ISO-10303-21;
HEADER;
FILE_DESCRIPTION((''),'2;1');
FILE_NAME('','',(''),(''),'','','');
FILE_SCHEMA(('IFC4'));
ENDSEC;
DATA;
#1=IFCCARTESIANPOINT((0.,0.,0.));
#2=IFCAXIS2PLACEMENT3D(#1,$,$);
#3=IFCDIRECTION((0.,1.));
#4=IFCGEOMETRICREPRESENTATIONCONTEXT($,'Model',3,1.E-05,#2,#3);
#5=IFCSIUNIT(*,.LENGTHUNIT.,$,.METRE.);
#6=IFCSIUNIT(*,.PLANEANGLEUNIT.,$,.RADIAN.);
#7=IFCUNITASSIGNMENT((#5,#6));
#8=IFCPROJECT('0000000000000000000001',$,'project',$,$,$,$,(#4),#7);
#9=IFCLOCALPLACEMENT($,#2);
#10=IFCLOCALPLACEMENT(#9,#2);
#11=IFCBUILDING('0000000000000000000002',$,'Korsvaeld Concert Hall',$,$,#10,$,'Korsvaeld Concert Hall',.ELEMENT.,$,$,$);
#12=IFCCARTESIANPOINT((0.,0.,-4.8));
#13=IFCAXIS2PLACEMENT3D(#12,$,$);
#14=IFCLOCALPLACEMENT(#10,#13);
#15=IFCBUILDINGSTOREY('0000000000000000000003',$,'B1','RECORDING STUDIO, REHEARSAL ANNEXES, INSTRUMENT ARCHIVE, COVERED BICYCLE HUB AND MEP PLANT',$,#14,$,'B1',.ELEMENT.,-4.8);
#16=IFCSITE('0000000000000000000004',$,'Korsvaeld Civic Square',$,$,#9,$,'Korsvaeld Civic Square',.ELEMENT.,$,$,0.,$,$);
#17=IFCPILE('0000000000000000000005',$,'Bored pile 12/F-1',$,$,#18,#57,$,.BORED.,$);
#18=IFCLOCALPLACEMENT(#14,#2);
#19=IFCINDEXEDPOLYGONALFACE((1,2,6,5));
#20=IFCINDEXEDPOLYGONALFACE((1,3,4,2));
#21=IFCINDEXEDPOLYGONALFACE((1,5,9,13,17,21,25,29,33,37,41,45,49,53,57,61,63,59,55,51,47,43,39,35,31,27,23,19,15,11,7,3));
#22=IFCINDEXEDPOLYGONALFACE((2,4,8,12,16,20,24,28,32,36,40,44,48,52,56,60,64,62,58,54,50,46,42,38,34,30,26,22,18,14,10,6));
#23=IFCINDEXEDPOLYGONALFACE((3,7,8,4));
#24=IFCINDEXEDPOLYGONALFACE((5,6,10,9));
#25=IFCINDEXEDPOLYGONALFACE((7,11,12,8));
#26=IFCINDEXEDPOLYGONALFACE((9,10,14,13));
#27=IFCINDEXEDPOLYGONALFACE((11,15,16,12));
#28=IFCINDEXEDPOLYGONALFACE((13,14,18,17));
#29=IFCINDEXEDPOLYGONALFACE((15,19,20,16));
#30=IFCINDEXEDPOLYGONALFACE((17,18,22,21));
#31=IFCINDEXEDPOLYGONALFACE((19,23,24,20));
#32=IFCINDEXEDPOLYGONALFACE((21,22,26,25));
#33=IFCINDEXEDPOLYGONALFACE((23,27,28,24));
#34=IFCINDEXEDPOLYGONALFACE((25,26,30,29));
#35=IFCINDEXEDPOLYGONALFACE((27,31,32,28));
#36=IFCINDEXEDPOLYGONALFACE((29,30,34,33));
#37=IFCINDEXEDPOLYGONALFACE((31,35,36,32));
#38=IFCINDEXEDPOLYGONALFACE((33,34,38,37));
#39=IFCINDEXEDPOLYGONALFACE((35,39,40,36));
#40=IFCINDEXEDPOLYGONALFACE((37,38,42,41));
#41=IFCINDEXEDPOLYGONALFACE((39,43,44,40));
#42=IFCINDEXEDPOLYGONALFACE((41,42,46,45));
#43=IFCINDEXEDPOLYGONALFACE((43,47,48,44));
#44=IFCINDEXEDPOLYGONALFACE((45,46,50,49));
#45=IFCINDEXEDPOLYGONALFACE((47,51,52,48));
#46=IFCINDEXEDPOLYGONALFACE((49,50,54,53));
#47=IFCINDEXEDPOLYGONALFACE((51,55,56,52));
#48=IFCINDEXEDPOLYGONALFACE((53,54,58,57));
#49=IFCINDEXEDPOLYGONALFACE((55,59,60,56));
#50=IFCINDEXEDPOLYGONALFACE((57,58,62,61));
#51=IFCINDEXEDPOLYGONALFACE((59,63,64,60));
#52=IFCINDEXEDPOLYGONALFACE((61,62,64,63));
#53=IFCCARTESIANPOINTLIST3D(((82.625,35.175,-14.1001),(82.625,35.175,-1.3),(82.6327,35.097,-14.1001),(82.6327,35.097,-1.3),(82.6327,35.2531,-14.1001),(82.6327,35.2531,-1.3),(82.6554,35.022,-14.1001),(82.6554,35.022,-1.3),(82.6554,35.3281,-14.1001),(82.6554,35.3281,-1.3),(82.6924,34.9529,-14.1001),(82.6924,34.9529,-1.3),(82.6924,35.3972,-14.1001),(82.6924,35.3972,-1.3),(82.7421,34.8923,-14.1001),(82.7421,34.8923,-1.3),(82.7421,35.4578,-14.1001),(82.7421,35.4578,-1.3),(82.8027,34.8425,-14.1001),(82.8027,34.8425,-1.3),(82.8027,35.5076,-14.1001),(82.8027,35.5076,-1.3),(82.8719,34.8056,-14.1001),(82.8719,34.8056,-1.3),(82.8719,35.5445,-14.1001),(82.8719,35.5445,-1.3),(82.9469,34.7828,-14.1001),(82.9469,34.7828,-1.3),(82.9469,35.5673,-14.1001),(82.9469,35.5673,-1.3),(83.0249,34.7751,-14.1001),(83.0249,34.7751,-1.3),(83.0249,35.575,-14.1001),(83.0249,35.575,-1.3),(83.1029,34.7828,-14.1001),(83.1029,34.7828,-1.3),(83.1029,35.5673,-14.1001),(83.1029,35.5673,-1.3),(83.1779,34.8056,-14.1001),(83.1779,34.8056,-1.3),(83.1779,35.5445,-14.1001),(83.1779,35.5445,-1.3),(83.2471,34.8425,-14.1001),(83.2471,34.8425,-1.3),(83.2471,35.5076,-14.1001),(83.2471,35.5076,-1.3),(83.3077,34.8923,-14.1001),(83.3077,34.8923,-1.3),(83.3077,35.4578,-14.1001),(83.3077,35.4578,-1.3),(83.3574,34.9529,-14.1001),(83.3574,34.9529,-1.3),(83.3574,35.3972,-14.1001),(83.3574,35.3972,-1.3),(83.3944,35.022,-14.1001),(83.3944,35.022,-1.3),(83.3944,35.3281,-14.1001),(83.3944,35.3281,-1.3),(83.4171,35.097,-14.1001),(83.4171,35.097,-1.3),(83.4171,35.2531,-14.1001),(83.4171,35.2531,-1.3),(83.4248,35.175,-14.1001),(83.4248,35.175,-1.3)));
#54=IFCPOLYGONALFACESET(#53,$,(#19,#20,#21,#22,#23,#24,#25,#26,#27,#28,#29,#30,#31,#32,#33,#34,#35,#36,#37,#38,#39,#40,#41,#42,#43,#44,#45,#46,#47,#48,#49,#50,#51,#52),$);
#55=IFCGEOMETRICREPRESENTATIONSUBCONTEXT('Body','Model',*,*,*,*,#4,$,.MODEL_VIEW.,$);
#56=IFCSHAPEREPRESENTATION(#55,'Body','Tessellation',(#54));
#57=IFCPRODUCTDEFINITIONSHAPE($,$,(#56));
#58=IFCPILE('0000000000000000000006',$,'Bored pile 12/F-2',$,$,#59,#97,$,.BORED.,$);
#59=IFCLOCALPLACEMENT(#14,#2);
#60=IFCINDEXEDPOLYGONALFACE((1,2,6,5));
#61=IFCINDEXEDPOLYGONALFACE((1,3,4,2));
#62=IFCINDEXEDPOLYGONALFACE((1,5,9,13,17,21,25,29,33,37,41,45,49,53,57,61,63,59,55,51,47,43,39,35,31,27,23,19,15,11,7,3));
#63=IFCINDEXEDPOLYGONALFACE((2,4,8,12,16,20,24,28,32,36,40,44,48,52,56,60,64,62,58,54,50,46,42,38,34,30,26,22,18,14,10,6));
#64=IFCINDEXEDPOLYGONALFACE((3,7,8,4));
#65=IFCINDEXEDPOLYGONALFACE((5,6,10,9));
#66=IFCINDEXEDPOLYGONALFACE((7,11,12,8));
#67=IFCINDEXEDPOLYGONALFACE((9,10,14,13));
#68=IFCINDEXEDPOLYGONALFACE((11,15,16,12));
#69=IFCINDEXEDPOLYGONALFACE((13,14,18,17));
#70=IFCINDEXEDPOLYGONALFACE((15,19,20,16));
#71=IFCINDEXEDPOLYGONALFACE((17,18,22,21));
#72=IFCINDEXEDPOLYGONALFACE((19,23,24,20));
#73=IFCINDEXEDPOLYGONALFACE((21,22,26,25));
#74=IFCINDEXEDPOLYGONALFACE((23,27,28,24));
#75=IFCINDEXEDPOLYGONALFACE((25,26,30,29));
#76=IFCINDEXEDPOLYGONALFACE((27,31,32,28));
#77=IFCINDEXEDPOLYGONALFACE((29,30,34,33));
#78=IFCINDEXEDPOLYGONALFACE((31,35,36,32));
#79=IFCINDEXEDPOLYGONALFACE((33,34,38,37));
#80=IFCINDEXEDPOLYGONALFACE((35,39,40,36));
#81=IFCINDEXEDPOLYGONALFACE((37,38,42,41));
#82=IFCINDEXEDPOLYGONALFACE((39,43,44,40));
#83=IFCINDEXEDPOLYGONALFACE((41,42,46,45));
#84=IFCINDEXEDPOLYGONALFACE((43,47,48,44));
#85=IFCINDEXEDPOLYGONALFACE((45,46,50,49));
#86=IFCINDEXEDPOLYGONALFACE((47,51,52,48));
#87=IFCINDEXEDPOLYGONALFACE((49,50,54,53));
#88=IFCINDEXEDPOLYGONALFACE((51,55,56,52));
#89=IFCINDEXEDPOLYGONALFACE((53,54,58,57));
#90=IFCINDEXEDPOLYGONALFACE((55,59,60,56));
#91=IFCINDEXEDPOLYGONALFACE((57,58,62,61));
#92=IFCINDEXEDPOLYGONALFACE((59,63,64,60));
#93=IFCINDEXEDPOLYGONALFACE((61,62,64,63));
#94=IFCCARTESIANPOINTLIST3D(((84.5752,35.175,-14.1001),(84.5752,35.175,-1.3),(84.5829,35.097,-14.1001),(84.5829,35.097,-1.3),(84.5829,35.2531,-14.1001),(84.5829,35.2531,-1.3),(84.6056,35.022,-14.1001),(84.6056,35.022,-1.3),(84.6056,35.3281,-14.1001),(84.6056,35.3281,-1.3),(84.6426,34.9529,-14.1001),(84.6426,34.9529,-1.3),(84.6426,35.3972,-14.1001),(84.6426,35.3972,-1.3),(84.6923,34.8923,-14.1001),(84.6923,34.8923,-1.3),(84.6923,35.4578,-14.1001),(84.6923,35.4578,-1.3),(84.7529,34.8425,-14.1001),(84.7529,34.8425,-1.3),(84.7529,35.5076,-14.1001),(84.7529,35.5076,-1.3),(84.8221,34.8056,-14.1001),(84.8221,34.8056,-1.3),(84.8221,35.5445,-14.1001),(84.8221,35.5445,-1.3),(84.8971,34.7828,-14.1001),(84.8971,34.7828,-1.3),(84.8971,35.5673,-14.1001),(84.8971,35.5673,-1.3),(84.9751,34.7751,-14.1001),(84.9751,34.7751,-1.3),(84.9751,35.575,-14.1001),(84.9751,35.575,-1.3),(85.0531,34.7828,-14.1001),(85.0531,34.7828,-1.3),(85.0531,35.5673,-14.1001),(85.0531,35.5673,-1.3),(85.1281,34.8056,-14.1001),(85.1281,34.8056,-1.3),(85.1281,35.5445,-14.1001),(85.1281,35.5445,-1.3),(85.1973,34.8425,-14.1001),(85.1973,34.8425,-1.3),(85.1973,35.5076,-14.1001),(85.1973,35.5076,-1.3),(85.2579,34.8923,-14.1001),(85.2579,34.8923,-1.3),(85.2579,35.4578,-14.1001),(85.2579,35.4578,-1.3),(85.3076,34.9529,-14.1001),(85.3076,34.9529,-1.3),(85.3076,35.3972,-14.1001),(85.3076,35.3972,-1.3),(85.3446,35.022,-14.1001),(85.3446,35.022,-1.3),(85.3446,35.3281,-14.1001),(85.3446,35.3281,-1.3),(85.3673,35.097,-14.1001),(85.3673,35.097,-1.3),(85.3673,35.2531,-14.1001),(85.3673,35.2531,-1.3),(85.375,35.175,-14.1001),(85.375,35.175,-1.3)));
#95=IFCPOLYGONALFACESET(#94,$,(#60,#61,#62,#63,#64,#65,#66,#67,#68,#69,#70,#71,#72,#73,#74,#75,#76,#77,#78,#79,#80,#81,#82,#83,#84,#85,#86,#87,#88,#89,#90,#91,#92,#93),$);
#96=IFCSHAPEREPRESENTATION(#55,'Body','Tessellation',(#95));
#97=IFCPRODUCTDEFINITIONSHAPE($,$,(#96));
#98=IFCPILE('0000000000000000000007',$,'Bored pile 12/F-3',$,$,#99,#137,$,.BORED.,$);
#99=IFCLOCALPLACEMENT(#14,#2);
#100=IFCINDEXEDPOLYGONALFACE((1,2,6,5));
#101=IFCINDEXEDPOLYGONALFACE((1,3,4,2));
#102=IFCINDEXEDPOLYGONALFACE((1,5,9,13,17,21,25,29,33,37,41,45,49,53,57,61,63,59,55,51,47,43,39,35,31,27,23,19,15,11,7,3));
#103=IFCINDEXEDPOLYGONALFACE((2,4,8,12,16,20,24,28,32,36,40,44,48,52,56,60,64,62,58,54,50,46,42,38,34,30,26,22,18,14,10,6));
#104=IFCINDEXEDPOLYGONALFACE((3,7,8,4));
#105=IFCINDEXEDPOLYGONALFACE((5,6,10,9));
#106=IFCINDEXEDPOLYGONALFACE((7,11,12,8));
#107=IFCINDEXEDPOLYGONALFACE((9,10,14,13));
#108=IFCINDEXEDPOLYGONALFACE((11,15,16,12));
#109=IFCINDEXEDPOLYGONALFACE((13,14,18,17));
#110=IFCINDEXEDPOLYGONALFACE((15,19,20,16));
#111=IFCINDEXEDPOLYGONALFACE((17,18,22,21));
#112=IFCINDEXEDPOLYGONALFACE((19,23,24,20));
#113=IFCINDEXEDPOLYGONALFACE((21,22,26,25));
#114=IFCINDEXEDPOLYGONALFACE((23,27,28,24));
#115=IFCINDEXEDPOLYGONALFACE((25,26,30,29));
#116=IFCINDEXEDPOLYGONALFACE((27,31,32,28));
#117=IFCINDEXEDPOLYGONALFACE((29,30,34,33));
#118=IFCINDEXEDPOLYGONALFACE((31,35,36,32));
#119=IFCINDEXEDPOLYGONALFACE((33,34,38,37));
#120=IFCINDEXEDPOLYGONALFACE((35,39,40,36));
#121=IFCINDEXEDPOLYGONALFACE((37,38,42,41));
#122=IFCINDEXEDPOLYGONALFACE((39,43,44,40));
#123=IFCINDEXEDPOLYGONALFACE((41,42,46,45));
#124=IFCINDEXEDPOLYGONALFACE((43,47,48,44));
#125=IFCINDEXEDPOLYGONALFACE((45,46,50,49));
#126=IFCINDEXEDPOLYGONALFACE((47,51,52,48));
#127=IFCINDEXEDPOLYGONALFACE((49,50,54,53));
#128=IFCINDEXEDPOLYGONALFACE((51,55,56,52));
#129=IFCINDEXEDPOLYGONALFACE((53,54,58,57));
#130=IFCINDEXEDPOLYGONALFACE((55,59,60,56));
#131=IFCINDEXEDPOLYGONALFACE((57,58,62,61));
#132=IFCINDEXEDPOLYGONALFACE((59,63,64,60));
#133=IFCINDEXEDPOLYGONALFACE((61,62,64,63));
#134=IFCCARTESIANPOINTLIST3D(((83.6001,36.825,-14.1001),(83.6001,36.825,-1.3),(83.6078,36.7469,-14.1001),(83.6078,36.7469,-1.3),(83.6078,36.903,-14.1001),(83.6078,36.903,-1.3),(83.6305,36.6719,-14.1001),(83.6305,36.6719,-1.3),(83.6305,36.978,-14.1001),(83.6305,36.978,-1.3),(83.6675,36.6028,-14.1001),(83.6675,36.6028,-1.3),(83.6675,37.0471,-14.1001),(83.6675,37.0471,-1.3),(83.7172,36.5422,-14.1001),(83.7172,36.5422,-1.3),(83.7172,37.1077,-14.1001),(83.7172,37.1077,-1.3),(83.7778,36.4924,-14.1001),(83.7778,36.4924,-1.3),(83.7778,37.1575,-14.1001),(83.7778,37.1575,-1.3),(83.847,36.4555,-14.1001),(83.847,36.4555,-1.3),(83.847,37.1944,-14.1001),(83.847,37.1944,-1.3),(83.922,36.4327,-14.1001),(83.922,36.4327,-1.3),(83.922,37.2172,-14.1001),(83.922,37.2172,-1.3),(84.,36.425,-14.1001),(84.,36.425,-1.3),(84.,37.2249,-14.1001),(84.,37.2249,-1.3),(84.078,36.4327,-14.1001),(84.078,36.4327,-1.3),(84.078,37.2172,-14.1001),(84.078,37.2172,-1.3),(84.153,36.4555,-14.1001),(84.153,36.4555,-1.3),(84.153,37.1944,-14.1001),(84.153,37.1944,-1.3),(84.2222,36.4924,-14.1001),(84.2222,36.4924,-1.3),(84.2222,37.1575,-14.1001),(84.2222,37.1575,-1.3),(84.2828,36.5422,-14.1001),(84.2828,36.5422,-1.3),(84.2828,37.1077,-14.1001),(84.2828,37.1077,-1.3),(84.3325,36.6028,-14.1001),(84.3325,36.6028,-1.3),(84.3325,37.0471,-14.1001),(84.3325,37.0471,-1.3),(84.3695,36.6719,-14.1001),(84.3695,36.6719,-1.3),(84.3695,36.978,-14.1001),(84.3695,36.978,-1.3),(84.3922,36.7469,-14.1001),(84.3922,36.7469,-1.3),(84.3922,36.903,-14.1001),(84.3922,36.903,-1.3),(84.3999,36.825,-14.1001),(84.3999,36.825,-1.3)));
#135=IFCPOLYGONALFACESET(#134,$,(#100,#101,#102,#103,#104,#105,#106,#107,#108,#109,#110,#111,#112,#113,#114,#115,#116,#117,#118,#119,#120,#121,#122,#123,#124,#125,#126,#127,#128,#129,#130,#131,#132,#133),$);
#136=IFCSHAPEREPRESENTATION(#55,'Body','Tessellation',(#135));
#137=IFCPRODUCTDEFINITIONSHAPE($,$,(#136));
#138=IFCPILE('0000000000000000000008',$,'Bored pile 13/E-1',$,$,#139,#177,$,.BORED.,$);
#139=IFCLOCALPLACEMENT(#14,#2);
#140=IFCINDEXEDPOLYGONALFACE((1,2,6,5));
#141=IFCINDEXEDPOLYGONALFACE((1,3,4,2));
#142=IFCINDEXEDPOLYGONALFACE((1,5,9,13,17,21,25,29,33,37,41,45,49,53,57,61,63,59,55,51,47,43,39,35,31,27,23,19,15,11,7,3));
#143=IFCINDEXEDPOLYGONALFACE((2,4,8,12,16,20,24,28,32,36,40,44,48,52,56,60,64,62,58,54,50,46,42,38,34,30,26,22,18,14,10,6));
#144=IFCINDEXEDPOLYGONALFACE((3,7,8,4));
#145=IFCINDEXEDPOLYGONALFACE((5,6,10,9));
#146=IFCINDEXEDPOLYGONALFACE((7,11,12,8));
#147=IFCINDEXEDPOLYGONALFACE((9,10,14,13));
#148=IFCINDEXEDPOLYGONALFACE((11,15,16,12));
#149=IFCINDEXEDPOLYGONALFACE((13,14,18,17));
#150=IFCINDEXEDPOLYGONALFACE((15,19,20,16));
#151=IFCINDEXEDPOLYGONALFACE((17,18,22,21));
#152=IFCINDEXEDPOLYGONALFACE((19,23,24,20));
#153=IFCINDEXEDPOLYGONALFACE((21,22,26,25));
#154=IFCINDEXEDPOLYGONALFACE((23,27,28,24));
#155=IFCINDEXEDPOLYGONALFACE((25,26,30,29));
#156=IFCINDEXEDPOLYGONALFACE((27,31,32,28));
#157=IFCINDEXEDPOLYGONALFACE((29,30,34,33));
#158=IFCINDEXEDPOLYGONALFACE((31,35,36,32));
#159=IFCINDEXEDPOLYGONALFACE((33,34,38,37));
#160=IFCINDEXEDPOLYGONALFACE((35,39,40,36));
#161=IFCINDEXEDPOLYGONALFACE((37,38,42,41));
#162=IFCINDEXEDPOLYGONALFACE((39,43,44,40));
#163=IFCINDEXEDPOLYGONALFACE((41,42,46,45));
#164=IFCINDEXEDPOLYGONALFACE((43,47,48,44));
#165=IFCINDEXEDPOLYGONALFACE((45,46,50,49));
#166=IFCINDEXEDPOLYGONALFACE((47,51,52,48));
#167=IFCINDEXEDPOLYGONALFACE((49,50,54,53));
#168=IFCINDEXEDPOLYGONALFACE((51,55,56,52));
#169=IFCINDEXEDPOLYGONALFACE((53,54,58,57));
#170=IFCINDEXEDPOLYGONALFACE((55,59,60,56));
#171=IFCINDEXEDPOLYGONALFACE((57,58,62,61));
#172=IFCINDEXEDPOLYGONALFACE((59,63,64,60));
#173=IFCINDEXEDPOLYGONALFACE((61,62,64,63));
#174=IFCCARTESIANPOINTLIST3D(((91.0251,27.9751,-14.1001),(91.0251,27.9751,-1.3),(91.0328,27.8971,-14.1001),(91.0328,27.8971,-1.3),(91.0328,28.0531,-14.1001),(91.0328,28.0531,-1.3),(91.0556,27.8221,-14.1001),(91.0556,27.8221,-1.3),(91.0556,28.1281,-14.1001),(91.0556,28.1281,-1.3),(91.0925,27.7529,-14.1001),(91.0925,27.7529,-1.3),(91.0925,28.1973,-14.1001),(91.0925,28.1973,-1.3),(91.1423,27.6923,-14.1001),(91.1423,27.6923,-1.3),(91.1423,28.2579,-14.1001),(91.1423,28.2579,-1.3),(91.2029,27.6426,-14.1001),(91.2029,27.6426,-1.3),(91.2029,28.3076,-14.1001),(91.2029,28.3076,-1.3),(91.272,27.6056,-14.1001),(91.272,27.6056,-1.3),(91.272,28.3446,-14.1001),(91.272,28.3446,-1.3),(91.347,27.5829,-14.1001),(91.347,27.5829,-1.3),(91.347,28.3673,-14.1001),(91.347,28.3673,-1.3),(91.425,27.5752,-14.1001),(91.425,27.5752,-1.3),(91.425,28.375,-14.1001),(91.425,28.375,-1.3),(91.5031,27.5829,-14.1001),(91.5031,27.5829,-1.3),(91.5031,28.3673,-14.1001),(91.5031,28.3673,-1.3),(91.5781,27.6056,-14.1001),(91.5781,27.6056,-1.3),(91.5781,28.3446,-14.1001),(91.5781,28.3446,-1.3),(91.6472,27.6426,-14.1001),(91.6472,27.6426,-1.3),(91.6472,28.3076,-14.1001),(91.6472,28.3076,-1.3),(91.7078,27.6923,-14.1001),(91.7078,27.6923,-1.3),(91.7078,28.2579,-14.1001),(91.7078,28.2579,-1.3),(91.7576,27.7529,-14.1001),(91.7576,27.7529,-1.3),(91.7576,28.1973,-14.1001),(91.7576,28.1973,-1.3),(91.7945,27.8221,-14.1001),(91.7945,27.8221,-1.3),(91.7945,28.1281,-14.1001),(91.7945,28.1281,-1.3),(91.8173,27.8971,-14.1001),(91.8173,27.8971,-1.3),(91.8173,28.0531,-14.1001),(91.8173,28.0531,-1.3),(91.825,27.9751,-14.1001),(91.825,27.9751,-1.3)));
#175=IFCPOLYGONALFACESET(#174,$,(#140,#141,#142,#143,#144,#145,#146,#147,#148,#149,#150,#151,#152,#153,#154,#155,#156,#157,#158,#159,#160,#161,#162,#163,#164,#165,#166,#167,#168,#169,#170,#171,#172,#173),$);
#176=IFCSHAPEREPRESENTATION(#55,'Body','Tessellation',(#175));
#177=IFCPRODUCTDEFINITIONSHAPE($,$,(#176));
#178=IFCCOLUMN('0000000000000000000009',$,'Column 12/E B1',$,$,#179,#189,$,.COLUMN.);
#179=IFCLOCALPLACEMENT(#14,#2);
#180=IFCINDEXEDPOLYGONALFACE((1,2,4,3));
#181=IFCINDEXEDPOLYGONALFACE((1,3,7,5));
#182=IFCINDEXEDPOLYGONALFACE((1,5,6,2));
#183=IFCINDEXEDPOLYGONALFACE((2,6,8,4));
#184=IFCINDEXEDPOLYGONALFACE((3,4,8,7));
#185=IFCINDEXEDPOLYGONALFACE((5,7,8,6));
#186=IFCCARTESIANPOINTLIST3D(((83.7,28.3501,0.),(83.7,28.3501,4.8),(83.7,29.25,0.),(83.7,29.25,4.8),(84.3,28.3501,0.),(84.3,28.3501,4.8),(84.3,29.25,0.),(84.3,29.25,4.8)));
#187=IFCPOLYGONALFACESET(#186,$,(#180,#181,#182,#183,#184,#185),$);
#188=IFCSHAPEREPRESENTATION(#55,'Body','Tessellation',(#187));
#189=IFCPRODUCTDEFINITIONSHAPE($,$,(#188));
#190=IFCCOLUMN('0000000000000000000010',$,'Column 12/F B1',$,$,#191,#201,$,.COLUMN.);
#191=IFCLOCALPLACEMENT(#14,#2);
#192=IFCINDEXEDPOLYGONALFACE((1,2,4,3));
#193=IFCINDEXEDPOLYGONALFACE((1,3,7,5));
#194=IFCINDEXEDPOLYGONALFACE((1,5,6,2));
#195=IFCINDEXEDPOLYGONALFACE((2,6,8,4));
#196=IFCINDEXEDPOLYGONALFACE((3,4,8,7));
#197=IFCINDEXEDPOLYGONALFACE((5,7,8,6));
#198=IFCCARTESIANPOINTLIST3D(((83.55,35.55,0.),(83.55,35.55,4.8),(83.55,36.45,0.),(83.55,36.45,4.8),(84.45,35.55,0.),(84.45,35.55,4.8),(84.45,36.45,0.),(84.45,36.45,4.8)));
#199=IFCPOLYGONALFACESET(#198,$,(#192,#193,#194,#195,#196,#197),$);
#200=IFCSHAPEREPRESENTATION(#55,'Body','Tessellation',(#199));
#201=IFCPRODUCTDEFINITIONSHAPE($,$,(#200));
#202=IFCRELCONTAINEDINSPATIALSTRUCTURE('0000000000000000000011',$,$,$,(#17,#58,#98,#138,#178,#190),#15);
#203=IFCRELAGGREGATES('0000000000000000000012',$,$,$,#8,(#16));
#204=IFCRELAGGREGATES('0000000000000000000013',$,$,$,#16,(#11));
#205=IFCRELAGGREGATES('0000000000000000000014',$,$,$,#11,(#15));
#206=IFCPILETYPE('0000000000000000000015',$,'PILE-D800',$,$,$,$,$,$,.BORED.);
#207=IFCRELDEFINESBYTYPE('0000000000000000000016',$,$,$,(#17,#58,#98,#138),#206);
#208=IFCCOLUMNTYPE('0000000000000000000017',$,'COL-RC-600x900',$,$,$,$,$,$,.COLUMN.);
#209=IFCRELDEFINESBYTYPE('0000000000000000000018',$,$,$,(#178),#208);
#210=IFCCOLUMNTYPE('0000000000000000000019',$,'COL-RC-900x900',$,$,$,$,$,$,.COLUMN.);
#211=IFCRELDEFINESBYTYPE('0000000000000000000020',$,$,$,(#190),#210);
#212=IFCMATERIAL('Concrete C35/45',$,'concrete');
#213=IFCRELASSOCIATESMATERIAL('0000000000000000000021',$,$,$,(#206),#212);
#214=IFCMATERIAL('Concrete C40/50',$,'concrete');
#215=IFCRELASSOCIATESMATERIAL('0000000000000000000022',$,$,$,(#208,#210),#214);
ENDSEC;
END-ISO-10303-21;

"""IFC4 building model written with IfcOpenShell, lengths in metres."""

from ifc_helpers import new_model, si_unit, direction, frame, origin, origin_2d, place, context, subcontext, project, spatial, rectangle, circle, extrude, material, material_profile, profile_set, type_object, element, save


model = new_model("IFC4")

# Units and contexts
model_context = context("Model", 3, precision=1e-05, world=origin(), true_north=direction((0.0, 1.0)))
body_context = subcontext(model_context, "Body", "Model", "MODEL_VIEW")
ifc_project = project(units=[si_unit("LENGTHUNIT", "METRE"), si_unit("PLANEANGLEUNIT", "RADIAN")], contexts=[model_context])

# Site, building, storey
site_placement = place(None, origin())
site = spatial("IfcSite", under=ifc_project, at=site_placement, Name="Korsvaeld Civic Square", LongName="Korsvaeld Civic Square", CompositionType="ELEMENT", RefElevation=0.0)
building_placement = place(site_placement, origin())
building = spatial("IfcBuilding", under=site, at=building_placement, Name="Korsvaeld Concert Hall", LongName="Korsvaeld Concert Hall", CompositionType="ELEMENT")
storey_placement = place(building_placement, frame((0.0, 0.0, -4.8)))
storey = spatial("IfcBuildingStorey", under=building, at=storey_placement, Name="B1", Description="RECORDING STUDIO, REHEARSAL ANNEXES, INSTRUMENT ARCHIVE, COVERED BICYCLE HUB AND MEP PLANT", LongName="B1", CompositionType="ELEMENT", Elevation=-4.8)

# Shared definitions
ifc_material_1 = material(Name="Concrete C35/45", Category="concrete")

# Piles
ifc_material_2 = material(Name="Concrete C40/50", Category="concrete")
ifc_material_profile_1 = material_profile(ifc_material_1, circle(Radius=0.3999, at=origin_2d()), Name="BORED PILE D800")
ifc_profile_set_1 = profile_set([ifc_material_profile_1], Name="Concrete C35/45")
pile_type_1 = type_object("IfcPileType", Name="PILE-D800", PredefinedType="BORED", material=ifc_profile_set_1)
for number, where, z_axis, x_axis, name in (
    (1, (83.0249, 35.175, -1.3), (0.0, 0.0, -1.0), (1.0, 0.0, 0.0), "Bored pile 12/F-1"),
    (2, (84.9751, 35.175, -1.3), (0.0, 0.0, -1.0), (1.0, 0.0, 0.0), "Bored pile 12/F-2"),
    (3, (84.0, 36.825, -1.3), (0.0, 0.0, -1.0), (1.0, 0.0, 0.0), "Bored pile 12/F-3"),
    (4, (91.425, 27.9751, -1.3), (0.0, 0.0, -1.0), (1.0, 0.0, 0.0), "Bored pile 13/E-1"),
):
    element("IfcPile", number, at=place(storey_placement, frame(where, z_axis=z_axis, x_axis=x_axis)), inside=storey, type_object=pile_type_1, Name=name, PredefinedType="BORED", context=body_context, shape_type="SweptSolid", body=[
        extrude(circle(Radius=0.3999, at=origin_2d()), origin(), (0.0, 0.0, 1.0), 12.8),
    ])

# Columns
ifc_material_profile_2 = material_profile(ifc_material_2, rectangle(XDim=0.6001, YDim=0.8999, at=origin_2d()), Name="RC 600x900")
ifc_profile_set_2 = profile_set([ifc_material_profile_2], Name="Concrete C40/50")
column_type_1 = type_object("IfcColumnType", Name="COL-RC-600x900", PredefinedType="COLUMN", material=ifc_profile_set_2)
column_1_placement = place(storey_placement, frame((84.0, 28.8, 0.0), z_axis=(0.0, 0.0, 1.0), x_axis=(1.0, 0.0, 0.0)))
element("IfcColumn", 5, at=column_1_placement, inside=storey, type_object=column_type_1, Name="Column 12/E B1", PredefinedType="COLUMN", context=body_context, shape_type="SweptSolid", body=[
    extrude(rectangle(XDim=0.6001, YDim=0.8999, at=origin_2d()), origin(), (0.0, 0.0, 1.0), 4.8),
])
ifc_material_profile_3 = material_profile(ifc_material_2, rectangle(XDim=0.8999, YDim=0.8999, at=origin_2d()), Name="RC 900x900")
ifc_profile_set_3 = profile_set([ifc_material_profile_3], Name="Concrete C40/50")
column_type_2 = type_object("IfcColumnType", Name="COL-RC-900x900", PredefinedType="COLUMN", material=ifc_profile_set_3)
column_2_placement = place(storey_placement, frame((84.0, 36.0, 0.0), z_axis=(0.0, 0.0, 1.0), x_axis=(1.0, 0.0, 0.0)))
element("IfcColumn", 6, at=column_2_placement, inside=storey, type_object=column_type_2, Name="Column 12/F B1", PredefinedType="COLUMN", context=body_context, shape_type="SweptSolid", body=[
    extrude(rectangle(XDim=0.8999, YDim=0.8999, at=origin_2d()), origin(), (0.0, 0.0, 1.0), 4.8),
])

save(model, "model.ifc")
